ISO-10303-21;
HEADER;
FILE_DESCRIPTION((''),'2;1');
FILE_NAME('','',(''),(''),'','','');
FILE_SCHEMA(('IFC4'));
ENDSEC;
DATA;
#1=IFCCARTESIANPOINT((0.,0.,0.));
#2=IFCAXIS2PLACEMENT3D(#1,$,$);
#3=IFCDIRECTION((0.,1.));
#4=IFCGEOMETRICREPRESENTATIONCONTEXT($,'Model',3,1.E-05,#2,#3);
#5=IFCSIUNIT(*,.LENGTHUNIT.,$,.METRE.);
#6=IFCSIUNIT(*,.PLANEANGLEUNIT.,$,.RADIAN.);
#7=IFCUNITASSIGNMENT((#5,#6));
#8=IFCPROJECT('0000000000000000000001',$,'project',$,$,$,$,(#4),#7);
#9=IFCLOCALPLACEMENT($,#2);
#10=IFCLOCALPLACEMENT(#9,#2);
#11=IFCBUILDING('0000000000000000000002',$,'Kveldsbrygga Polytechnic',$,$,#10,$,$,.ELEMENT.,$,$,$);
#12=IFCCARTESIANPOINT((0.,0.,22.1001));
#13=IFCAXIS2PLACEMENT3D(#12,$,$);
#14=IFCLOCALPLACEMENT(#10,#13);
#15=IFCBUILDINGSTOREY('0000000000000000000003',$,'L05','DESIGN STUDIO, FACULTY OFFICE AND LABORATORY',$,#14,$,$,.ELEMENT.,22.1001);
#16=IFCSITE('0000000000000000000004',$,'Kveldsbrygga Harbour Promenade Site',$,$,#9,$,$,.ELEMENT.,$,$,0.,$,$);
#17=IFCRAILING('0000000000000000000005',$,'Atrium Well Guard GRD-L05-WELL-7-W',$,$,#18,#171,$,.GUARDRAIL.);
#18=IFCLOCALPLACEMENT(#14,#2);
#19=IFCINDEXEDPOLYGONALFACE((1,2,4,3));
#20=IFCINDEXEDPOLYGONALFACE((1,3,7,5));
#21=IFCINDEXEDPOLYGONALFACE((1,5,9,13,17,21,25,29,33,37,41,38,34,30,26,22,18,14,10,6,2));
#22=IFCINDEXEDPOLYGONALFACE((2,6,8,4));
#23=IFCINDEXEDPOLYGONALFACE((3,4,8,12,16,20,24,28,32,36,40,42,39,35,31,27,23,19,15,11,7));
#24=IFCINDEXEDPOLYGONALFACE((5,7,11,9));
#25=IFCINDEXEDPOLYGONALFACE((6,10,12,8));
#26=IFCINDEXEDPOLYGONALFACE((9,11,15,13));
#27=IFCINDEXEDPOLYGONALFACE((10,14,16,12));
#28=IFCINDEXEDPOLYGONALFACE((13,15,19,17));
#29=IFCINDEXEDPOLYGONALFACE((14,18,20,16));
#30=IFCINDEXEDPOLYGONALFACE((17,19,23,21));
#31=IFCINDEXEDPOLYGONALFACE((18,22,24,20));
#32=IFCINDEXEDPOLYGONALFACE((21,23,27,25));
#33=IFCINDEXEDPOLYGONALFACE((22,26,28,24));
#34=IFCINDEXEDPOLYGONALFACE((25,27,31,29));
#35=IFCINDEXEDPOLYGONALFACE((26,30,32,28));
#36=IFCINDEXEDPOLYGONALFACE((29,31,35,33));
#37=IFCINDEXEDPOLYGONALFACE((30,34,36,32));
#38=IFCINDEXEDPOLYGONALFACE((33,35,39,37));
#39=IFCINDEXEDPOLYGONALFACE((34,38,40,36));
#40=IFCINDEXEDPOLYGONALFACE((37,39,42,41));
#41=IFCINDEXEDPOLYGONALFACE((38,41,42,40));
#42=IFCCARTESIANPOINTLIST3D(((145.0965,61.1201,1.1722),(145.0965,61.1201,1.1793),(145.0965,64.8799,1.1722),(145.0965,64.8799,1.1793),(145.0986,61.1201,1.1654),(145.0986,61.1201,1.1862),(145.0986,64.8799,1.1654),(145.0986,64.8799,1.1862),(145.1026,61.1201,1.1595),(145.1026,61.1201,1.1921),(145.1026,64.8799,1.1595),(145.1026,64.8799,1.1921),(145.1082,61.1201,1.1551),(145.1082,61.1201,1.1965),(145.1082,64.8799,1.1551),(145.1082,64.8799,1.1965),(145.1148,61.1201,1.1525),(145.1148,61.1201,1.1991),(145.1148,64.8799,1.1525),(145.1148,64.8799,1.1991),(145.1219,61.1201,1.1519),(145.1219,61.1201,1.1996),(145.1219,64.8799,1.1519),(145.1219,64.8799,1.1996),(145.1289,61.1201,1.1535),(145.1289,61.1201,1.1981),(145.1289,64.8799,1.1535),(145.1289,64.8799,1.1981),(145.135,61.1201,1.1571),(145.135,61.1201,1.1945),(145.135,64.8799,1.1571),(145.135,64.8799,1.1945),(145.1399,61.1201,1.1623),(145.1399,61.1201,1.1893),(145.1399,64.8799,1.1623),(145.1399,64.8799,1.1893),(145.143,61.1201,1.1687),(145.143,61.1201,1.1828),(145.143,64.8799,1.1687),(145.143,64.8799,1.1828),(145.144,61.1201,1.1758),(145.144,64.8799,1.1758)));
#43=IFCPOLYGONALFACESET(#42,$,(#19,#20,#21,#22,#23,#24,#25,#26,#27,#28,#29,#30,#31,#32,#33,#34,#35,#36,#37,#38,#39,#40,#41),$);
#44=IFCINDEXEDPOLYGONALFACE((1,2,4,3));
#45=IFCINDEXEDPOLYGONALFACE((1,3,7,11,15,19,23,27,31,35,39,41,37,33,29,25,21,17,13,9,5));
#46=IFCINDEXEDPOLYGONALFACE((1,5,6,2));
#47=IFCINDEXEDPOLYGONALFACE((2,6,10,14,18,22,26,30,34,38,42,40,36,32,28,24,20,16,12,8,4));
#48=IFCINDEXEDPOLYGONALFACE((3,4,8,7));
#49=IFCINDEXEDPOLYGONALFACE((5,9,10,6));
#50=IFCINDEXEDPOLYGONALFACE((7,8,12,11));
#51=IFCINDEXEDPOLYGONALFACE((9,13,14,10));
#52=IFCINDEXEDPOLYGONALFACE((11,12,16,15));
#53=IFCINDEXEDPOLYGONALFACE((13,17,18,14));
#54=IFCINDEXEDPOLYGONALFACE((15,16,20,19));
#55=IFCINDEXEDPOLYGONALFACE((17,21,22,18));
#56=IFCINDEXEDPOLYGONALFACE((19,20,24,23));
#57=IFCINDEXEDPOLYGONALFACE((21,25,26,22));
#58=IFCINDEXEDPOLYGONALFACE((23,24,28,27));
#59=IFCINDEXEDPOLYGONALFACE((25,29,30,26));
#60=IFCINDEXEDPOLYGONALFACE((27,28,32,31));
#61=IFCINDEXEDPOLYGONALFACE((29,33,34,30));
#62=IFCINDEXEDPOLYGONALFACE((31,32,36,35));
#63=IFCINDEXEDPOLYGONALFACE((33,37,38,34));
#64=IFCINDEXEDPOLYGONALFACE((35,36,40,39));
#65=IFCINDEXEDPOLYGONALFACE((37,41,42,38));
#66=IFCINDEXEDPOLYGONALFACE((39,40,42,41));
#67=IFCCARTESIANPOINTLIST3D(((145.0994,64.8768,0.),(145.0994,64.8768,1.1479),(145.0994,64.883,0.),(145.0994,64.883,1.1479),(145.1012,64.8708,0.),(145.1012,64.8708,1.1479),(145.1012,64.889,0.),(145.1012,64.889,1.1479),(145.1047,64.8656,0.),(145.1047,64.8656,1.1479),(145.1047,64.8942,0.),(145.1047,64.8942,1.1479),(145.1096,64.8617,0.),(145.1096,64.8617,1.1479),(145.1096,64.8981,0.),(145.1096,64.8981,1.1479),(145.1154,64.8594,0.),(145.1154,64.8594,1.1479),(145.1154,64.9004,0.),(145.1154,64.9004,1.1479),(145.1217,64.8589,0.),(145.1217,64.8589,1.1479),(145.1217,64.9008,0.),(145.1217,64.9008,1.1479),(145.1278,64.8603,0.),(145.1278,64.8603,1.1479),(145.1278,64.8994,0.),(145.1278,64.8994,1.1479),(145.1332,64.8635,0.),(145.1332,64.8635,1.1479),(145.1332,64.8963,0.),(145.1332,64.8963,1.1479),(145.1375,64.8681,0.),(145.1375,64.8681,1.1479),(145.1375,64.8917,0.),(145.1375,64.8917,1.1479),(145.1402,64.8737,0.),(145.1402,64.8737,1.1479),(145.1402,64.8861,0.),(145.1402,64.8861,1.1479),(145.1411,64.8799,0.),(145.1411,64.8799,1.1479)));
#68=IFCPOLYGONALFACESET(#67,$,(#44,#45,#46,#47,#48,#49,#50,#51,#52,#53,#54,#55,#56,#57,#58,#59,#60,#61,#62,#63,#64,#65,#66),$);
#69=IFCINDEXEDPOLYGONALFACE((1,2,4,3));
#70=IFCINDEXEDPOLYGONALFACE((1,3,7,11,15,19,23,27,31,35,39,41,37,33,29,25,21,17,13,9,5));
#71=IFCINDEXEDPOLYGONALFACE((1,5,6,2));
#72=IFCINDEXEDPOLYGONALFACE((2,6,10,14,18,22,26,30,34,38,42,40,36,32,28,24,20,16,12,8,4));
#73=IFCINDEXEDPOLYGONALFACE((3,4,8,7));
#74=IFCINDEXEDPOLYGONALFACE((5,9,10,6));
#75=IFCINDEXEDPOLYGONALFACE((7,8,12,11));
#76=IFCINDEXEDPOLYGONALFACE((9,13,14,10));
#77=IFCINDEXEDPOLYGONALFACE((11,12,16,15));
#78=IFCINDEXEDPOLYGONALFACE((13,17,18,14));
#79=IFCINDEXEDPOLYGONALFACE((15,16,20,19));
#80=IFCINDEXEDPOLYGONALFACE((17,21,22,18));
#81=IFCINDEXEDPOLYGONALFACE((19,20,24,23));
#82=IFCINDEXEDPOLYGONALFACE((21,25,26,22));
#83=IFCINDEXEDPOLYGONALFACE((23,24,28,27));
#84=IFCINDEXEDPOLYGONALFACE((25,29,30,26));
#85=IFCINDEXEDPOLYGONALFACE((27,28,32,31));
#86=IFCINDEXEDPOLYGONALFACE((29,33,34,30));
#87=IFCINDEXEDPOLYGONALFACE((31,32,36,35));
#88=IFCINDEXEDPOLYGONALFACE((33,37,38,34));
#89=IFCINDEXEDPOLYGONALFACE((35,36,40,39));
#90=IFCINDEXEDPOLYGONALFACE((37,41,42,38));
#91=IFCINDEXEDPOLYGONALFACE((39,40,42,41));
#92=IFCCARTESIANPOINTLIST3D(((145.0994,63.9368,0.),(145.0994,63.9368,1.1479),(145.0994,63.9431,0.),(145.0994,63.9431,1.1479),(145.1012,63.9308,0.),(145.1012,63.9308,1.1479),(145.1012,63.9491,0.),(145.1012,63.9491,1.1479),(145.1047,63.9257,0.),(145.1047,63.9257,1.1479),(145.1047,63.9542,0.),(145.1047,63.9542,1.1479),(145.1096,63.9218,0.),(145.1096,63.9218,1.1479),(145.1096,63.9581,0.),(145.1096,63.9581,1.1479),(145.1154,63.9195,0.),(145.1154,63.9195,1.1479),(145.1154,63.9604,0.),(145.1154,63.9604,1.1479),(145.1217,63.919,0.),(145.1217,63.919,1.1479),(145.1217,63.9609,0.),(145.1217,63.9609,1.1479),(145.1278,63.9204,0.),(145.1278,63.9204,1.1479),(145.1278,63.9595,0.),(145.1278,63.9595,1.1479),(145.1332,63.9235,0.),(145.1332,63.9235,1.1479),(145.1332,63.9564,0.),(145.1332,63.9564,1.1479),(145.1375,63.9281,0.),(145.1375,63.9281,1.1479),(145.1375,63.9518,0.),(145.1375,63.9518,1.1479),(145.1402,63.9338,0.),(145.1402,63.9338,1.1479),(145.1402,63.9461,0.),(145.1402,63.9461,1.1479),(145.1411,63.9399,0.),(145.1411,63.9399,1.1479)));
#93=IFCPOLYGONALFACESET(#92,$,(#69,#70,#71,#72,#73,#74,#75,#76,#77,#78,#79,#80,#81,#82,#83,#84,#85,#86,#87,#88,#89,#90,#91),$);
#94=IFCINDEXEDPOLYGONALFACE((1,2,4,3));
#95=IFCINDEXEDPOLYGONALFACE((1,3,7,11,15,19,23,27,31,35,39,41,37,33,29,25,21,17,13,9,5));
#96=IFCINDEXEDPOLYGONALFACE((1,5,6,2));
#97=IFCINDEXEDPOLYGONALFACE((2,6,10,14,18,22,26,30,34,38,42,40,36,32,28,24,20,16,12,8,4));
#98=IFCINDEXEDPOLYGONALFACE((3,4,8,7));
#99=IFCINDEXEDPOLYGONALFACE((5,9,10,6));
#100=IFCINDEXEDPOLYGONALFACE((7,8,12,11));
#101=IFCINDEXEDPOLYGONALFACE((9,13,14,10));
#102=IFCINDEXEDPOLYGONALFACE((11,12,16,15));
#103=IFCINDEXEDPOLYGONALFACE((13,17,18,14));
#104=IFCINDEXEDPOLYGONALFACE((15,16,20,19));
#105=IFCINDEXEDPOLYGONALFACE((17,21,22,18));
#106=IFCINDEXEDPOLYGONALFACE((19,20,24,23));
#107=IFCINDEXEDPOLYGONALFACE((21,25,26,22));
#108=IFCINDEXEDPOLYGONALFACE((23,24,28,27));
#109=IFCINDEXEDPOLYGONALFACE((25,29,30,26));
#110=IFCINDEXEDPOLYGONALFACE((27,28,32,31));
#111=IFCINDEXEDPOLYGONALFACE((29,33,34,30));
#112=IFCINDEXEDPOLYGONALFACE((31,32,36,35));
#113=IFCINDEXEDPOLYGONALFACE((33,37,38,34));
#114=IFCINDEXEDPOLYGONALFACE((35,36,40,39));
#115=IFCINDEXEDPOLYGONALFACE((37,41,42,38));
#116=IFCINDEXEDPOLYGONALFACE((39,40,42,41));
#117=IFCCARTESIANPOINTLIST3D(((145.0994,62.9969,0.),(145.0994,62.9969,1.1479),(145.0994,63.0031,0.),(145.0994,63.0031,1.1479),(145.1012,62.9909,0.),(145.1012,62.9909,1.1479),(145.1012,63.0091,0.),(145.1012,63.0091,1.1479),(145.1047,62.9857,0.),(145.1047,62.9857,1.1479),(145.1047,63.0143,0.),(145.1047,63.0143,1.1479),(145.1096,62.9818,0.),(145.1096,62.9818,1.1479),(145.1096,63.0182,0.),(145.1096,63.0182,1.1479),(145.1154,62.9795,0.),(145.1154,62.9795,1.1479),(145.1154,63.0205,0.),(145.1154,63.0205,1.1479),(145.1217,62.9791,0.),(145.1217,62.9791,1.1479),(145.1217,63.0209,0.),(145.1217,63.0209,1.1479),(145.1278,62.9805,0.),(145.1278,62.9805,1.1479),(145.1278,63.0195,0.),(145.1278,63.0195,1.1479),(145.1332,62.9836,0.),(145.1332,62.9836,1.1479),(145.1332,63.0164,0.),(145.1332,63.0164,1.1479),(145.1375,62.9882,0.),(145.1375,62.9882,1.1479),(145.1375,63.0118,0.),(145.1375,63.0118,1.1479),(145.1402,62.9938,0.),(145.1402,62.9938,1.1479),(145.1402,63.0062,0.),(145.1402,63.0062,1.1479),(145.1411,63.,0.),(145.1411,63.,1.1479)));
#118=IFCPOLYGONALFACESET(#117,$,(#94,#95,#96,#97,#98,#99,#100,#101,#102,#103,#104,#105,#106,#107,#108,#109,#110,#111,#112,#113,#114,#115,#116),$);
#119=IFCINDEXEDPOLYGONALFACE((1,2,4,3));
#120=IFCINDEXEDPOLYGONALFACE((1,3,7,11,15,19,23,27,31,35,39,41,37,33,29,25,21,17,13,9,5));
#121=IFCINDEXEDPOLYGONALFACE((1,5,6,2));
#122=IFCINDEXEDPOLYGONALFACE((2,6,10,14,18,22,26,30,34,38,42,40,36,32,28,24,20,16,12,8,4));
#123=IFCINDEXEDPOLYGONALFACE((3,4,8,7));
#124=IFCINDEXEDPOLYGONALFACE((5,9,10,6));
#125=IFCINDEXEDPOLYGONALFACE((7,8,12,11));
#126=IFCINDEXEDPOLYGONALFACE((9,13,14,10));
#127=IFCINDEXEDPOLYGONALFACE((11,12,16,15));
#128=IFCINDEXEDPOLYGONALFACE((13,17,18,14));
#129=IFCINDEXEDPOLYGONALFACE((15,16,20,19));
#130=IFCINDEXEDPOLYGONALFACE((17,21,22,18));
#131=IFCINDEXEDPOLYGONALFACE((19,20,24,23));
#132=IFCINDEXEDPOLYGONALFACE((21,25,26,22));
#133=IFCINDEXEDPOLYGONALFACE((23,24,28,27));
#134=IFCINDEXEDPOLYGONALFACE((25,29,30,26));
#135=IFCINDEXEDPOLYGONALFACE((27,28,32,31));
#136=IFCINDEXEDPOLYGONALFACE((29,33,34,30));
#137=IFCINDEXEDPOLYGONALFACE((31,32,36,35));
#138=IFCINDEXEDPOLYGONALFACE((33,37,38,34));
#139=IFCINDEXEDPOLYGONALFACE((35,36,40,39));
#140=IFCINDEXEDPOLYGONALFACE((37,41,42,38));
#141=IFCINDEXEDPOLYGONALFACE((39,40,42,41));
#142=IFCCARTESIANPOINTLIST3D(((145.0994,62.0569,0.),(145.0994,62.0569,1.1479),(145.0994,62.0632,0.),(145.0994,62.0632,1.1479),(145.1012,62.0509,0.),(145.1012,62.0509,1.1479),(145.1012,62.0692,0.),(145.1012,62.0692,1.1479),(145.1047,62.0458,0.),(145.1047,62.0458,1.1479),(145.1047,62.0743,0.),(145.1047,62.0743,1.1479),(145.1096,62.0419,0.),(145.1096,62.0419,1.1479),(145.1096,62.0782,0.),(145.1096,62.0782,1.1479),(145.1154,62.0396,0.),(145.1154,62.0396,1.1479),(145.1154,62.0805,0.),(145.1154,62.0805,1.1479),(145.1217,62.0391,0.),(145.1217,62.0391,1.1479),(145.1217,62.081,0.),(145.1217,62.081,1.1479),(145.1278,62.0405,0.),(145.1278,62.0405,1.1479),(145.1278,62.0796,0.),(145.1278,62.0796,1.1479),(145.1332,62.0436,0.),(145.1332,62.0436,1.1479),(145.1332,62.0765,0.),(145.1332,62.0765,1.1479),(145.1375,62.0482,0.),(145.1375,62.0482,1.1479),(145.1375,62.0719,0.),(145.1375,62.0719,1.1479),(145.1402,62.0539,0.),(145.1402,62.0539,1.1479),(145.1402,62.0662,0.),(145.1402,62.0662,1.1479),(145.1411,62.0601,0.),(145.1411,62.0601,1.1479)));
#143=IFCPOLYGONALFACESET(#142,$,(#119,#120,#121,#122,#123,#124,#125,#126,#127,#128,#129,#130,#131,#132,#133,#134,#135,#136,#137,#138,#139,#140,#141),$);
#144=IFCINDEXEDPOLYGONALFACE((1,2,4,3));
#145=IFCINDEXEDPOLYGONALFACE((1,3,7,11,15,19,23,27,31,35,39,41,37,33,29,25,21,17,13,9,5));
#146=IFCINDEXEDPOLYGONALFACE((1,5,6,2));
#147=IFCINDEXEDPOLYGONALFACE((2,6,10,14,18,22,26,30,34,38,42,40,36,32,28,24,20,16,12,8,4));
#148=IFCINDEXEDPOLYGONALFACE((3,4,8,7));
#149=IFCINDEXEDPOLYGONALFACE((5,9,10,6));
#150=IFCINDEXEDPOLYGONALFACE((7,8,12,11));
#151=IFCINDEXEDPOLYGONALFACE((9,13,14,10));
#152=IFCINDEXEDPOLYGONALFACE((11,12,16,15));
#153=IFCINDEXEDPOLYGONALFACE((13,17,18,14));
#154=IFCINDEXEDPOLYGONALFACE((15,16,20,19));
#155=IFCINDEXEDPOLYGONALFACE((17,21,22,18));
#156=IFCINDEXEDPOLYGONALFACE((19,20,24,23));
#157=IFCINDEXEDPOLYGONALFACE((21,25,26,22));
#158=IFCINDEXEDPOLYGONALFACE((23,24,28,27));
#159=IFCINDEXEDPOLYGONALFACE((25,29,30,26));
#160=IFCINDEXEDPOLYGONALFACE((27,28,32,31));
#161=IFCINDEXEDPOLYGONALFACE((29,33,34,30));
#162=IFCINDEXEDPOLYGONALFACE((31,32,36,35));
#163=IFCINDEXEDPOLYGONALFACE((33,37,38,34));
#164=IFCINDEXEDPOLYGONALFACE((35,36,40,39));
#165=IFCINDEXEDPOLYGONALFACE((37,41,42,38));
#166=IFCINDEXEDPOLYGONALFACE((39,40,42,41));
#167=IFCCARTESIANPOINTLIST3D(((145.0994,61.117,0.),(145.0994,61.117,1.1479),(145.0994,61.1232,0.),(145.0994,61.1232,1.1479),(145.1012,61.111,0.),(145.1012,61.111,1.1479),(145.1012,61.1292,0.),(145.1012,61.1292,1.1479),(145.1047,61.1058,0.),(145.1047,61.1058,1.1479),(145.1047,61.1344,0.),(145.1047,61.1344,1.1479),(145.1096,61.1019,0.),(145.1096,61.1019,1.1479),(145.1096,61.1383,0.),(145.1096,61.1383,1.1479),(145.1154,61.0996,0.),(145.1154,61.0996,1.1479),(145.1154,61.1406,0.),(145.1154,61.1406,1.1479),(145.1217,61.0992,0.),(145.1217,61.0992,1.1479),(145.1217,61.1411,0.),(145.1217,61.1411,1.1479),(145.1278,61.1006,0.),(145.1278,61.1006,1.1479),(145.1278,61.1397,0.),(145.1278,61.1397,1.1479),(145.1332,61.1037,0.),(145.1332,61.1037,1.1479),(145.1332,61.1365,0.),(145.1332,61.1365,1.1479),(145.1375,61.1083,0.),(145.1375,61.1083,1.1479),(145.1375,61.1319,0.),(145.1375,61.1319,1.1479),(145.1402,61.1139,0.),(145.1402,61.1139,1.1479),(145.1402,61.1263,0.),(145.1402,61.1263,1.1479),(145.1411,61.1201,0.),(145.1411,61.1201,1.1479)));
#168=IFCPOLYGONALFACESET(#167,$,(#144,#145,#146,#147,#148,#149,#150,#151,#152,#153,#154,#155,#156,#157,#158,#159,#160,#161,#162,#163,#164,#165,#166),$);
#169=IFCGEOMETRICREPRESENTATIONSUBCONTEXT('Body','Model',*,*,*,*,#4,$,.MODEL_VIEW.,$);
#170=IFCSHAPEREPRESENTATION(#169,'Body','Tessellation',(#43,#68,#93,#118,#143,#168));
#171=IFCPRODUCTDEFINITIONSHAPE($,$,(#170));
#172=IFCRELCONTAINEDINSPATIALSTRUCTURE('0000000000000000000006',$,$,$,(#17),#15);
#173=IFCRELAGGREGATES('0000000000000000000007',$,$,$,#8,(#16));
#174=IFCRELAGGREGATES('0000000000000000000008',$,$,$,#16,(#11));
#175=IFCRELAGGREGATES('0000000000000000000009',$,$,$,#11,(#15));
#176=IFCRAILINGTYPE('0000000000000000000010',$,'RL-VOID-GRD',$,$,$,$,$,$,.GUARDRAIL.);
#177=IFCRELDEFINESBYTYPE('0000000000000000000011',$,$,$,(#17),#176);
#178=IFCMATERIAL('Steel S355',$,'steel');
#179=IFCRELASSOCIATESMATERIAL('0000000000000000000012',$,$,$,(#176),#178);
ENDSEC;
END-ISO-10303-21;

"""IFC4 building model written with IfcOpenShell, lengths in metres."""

from ifc_helpers import new_model, si_unit, direction, frame, origin, origin_2d, place, context, subcontext, project, spatial, circle, extrude, material, type_object, element, save


model = new_model("IFC4")

# Units and contexts
model_context = context("Model", 3, precision=1e-05, world=origin(), true_north=direction((0.0, 1.0)))
body_context = subcontext(model_context, "Body", "Model", "MODEL_VIEW")
ifc_project = project(units=[si_unit("LENGTHUNIT", "METRE"), si_unit("PLANEANGLEUNIT", "RADIAN")], contexts=[model_context])

# Site, building, storey
site_placement = place(None, origin())
site = spatial("IfcSite", under=ifc_project, at=site_placement, Name="Kveldsbrygga Harbour Promenade Site", CompositionType="ELEMENT", RefElevation=0.0)
building_placement = place(site_placement, origin())
building = spatial("IfcBuilding", under=site, at=building_placement, Name="Kveldsbrygga Polytechnic", CompositionType="ELEMENT")
storey_placement = place(building_placement, frame((0.0, 0.0, 22.1001)))
storey = spatial("IfcBuildingStorey", under=building, at=storey_placement, Name="L05", Description="DESIGN STUDIO, FACULTY OFFICE AND LABORATORY", CompositionType="ELEMENT", Elevation=22.1001)

# Shared definitions
ifc_material_1 = material(Name="Steel S355", Category="steel")

# Railing
railing_type = type_object("IfcRailingType", Name="RL-VOID-GRD", PredefinedType="GUARDRAIL", material=ifc_material_1)
railing_1_placement = place(storey_placement, frame((145.1201, 64.8799, 0.0)))
element("IfcRailing", 1, at=railing_1_placement, inside=storey, type_object=railing_type, Name="Atrium Well Guard GRD-L05-WELL-7-W", PredefinedType="GUARDRAIL", context=body_context, shape_type="SweptSolid", body=[
    extrude(circle(Radius=0.0239, at=origin_2d()), frame((0.0, 0.0, 1.1758), z_axis=(0.0, -1.0, 0.0), x_axis=(1.0, 0.0, 0.0)), (0.0, 0.0, 1.0), 3.7598),
    extrude(circle(Radius=0.021, at=origin_2d()), origin(), (0.0, 0.0, 1.0), 1.1479),
    extrude(circle(Radius=0.021, at=origin_2d()), frame((0.0, -0.9399, 0.0)), (0.0, 0.0, 1.0), 1.1479),
    extrude(circle(Radius=0.021, at=origin_2d()), frame((0.0, -1.8799, 0.0)), (0.0, 0.0, 1.0), 1.1479),
    extrude(circle(Radius=0.021, at=origin_2d()), frame((0.0, -2.8198, 0.0)), (0.0, 0.0, 1.0), 1.1479),
    extrude(circle(Radius=0.021, at=origin_2d()), frame((0.0, -3.7598, 0.0)), (0.0, 0.0, 1.0), 1.1479),
])

save(model, "model.ifc")
